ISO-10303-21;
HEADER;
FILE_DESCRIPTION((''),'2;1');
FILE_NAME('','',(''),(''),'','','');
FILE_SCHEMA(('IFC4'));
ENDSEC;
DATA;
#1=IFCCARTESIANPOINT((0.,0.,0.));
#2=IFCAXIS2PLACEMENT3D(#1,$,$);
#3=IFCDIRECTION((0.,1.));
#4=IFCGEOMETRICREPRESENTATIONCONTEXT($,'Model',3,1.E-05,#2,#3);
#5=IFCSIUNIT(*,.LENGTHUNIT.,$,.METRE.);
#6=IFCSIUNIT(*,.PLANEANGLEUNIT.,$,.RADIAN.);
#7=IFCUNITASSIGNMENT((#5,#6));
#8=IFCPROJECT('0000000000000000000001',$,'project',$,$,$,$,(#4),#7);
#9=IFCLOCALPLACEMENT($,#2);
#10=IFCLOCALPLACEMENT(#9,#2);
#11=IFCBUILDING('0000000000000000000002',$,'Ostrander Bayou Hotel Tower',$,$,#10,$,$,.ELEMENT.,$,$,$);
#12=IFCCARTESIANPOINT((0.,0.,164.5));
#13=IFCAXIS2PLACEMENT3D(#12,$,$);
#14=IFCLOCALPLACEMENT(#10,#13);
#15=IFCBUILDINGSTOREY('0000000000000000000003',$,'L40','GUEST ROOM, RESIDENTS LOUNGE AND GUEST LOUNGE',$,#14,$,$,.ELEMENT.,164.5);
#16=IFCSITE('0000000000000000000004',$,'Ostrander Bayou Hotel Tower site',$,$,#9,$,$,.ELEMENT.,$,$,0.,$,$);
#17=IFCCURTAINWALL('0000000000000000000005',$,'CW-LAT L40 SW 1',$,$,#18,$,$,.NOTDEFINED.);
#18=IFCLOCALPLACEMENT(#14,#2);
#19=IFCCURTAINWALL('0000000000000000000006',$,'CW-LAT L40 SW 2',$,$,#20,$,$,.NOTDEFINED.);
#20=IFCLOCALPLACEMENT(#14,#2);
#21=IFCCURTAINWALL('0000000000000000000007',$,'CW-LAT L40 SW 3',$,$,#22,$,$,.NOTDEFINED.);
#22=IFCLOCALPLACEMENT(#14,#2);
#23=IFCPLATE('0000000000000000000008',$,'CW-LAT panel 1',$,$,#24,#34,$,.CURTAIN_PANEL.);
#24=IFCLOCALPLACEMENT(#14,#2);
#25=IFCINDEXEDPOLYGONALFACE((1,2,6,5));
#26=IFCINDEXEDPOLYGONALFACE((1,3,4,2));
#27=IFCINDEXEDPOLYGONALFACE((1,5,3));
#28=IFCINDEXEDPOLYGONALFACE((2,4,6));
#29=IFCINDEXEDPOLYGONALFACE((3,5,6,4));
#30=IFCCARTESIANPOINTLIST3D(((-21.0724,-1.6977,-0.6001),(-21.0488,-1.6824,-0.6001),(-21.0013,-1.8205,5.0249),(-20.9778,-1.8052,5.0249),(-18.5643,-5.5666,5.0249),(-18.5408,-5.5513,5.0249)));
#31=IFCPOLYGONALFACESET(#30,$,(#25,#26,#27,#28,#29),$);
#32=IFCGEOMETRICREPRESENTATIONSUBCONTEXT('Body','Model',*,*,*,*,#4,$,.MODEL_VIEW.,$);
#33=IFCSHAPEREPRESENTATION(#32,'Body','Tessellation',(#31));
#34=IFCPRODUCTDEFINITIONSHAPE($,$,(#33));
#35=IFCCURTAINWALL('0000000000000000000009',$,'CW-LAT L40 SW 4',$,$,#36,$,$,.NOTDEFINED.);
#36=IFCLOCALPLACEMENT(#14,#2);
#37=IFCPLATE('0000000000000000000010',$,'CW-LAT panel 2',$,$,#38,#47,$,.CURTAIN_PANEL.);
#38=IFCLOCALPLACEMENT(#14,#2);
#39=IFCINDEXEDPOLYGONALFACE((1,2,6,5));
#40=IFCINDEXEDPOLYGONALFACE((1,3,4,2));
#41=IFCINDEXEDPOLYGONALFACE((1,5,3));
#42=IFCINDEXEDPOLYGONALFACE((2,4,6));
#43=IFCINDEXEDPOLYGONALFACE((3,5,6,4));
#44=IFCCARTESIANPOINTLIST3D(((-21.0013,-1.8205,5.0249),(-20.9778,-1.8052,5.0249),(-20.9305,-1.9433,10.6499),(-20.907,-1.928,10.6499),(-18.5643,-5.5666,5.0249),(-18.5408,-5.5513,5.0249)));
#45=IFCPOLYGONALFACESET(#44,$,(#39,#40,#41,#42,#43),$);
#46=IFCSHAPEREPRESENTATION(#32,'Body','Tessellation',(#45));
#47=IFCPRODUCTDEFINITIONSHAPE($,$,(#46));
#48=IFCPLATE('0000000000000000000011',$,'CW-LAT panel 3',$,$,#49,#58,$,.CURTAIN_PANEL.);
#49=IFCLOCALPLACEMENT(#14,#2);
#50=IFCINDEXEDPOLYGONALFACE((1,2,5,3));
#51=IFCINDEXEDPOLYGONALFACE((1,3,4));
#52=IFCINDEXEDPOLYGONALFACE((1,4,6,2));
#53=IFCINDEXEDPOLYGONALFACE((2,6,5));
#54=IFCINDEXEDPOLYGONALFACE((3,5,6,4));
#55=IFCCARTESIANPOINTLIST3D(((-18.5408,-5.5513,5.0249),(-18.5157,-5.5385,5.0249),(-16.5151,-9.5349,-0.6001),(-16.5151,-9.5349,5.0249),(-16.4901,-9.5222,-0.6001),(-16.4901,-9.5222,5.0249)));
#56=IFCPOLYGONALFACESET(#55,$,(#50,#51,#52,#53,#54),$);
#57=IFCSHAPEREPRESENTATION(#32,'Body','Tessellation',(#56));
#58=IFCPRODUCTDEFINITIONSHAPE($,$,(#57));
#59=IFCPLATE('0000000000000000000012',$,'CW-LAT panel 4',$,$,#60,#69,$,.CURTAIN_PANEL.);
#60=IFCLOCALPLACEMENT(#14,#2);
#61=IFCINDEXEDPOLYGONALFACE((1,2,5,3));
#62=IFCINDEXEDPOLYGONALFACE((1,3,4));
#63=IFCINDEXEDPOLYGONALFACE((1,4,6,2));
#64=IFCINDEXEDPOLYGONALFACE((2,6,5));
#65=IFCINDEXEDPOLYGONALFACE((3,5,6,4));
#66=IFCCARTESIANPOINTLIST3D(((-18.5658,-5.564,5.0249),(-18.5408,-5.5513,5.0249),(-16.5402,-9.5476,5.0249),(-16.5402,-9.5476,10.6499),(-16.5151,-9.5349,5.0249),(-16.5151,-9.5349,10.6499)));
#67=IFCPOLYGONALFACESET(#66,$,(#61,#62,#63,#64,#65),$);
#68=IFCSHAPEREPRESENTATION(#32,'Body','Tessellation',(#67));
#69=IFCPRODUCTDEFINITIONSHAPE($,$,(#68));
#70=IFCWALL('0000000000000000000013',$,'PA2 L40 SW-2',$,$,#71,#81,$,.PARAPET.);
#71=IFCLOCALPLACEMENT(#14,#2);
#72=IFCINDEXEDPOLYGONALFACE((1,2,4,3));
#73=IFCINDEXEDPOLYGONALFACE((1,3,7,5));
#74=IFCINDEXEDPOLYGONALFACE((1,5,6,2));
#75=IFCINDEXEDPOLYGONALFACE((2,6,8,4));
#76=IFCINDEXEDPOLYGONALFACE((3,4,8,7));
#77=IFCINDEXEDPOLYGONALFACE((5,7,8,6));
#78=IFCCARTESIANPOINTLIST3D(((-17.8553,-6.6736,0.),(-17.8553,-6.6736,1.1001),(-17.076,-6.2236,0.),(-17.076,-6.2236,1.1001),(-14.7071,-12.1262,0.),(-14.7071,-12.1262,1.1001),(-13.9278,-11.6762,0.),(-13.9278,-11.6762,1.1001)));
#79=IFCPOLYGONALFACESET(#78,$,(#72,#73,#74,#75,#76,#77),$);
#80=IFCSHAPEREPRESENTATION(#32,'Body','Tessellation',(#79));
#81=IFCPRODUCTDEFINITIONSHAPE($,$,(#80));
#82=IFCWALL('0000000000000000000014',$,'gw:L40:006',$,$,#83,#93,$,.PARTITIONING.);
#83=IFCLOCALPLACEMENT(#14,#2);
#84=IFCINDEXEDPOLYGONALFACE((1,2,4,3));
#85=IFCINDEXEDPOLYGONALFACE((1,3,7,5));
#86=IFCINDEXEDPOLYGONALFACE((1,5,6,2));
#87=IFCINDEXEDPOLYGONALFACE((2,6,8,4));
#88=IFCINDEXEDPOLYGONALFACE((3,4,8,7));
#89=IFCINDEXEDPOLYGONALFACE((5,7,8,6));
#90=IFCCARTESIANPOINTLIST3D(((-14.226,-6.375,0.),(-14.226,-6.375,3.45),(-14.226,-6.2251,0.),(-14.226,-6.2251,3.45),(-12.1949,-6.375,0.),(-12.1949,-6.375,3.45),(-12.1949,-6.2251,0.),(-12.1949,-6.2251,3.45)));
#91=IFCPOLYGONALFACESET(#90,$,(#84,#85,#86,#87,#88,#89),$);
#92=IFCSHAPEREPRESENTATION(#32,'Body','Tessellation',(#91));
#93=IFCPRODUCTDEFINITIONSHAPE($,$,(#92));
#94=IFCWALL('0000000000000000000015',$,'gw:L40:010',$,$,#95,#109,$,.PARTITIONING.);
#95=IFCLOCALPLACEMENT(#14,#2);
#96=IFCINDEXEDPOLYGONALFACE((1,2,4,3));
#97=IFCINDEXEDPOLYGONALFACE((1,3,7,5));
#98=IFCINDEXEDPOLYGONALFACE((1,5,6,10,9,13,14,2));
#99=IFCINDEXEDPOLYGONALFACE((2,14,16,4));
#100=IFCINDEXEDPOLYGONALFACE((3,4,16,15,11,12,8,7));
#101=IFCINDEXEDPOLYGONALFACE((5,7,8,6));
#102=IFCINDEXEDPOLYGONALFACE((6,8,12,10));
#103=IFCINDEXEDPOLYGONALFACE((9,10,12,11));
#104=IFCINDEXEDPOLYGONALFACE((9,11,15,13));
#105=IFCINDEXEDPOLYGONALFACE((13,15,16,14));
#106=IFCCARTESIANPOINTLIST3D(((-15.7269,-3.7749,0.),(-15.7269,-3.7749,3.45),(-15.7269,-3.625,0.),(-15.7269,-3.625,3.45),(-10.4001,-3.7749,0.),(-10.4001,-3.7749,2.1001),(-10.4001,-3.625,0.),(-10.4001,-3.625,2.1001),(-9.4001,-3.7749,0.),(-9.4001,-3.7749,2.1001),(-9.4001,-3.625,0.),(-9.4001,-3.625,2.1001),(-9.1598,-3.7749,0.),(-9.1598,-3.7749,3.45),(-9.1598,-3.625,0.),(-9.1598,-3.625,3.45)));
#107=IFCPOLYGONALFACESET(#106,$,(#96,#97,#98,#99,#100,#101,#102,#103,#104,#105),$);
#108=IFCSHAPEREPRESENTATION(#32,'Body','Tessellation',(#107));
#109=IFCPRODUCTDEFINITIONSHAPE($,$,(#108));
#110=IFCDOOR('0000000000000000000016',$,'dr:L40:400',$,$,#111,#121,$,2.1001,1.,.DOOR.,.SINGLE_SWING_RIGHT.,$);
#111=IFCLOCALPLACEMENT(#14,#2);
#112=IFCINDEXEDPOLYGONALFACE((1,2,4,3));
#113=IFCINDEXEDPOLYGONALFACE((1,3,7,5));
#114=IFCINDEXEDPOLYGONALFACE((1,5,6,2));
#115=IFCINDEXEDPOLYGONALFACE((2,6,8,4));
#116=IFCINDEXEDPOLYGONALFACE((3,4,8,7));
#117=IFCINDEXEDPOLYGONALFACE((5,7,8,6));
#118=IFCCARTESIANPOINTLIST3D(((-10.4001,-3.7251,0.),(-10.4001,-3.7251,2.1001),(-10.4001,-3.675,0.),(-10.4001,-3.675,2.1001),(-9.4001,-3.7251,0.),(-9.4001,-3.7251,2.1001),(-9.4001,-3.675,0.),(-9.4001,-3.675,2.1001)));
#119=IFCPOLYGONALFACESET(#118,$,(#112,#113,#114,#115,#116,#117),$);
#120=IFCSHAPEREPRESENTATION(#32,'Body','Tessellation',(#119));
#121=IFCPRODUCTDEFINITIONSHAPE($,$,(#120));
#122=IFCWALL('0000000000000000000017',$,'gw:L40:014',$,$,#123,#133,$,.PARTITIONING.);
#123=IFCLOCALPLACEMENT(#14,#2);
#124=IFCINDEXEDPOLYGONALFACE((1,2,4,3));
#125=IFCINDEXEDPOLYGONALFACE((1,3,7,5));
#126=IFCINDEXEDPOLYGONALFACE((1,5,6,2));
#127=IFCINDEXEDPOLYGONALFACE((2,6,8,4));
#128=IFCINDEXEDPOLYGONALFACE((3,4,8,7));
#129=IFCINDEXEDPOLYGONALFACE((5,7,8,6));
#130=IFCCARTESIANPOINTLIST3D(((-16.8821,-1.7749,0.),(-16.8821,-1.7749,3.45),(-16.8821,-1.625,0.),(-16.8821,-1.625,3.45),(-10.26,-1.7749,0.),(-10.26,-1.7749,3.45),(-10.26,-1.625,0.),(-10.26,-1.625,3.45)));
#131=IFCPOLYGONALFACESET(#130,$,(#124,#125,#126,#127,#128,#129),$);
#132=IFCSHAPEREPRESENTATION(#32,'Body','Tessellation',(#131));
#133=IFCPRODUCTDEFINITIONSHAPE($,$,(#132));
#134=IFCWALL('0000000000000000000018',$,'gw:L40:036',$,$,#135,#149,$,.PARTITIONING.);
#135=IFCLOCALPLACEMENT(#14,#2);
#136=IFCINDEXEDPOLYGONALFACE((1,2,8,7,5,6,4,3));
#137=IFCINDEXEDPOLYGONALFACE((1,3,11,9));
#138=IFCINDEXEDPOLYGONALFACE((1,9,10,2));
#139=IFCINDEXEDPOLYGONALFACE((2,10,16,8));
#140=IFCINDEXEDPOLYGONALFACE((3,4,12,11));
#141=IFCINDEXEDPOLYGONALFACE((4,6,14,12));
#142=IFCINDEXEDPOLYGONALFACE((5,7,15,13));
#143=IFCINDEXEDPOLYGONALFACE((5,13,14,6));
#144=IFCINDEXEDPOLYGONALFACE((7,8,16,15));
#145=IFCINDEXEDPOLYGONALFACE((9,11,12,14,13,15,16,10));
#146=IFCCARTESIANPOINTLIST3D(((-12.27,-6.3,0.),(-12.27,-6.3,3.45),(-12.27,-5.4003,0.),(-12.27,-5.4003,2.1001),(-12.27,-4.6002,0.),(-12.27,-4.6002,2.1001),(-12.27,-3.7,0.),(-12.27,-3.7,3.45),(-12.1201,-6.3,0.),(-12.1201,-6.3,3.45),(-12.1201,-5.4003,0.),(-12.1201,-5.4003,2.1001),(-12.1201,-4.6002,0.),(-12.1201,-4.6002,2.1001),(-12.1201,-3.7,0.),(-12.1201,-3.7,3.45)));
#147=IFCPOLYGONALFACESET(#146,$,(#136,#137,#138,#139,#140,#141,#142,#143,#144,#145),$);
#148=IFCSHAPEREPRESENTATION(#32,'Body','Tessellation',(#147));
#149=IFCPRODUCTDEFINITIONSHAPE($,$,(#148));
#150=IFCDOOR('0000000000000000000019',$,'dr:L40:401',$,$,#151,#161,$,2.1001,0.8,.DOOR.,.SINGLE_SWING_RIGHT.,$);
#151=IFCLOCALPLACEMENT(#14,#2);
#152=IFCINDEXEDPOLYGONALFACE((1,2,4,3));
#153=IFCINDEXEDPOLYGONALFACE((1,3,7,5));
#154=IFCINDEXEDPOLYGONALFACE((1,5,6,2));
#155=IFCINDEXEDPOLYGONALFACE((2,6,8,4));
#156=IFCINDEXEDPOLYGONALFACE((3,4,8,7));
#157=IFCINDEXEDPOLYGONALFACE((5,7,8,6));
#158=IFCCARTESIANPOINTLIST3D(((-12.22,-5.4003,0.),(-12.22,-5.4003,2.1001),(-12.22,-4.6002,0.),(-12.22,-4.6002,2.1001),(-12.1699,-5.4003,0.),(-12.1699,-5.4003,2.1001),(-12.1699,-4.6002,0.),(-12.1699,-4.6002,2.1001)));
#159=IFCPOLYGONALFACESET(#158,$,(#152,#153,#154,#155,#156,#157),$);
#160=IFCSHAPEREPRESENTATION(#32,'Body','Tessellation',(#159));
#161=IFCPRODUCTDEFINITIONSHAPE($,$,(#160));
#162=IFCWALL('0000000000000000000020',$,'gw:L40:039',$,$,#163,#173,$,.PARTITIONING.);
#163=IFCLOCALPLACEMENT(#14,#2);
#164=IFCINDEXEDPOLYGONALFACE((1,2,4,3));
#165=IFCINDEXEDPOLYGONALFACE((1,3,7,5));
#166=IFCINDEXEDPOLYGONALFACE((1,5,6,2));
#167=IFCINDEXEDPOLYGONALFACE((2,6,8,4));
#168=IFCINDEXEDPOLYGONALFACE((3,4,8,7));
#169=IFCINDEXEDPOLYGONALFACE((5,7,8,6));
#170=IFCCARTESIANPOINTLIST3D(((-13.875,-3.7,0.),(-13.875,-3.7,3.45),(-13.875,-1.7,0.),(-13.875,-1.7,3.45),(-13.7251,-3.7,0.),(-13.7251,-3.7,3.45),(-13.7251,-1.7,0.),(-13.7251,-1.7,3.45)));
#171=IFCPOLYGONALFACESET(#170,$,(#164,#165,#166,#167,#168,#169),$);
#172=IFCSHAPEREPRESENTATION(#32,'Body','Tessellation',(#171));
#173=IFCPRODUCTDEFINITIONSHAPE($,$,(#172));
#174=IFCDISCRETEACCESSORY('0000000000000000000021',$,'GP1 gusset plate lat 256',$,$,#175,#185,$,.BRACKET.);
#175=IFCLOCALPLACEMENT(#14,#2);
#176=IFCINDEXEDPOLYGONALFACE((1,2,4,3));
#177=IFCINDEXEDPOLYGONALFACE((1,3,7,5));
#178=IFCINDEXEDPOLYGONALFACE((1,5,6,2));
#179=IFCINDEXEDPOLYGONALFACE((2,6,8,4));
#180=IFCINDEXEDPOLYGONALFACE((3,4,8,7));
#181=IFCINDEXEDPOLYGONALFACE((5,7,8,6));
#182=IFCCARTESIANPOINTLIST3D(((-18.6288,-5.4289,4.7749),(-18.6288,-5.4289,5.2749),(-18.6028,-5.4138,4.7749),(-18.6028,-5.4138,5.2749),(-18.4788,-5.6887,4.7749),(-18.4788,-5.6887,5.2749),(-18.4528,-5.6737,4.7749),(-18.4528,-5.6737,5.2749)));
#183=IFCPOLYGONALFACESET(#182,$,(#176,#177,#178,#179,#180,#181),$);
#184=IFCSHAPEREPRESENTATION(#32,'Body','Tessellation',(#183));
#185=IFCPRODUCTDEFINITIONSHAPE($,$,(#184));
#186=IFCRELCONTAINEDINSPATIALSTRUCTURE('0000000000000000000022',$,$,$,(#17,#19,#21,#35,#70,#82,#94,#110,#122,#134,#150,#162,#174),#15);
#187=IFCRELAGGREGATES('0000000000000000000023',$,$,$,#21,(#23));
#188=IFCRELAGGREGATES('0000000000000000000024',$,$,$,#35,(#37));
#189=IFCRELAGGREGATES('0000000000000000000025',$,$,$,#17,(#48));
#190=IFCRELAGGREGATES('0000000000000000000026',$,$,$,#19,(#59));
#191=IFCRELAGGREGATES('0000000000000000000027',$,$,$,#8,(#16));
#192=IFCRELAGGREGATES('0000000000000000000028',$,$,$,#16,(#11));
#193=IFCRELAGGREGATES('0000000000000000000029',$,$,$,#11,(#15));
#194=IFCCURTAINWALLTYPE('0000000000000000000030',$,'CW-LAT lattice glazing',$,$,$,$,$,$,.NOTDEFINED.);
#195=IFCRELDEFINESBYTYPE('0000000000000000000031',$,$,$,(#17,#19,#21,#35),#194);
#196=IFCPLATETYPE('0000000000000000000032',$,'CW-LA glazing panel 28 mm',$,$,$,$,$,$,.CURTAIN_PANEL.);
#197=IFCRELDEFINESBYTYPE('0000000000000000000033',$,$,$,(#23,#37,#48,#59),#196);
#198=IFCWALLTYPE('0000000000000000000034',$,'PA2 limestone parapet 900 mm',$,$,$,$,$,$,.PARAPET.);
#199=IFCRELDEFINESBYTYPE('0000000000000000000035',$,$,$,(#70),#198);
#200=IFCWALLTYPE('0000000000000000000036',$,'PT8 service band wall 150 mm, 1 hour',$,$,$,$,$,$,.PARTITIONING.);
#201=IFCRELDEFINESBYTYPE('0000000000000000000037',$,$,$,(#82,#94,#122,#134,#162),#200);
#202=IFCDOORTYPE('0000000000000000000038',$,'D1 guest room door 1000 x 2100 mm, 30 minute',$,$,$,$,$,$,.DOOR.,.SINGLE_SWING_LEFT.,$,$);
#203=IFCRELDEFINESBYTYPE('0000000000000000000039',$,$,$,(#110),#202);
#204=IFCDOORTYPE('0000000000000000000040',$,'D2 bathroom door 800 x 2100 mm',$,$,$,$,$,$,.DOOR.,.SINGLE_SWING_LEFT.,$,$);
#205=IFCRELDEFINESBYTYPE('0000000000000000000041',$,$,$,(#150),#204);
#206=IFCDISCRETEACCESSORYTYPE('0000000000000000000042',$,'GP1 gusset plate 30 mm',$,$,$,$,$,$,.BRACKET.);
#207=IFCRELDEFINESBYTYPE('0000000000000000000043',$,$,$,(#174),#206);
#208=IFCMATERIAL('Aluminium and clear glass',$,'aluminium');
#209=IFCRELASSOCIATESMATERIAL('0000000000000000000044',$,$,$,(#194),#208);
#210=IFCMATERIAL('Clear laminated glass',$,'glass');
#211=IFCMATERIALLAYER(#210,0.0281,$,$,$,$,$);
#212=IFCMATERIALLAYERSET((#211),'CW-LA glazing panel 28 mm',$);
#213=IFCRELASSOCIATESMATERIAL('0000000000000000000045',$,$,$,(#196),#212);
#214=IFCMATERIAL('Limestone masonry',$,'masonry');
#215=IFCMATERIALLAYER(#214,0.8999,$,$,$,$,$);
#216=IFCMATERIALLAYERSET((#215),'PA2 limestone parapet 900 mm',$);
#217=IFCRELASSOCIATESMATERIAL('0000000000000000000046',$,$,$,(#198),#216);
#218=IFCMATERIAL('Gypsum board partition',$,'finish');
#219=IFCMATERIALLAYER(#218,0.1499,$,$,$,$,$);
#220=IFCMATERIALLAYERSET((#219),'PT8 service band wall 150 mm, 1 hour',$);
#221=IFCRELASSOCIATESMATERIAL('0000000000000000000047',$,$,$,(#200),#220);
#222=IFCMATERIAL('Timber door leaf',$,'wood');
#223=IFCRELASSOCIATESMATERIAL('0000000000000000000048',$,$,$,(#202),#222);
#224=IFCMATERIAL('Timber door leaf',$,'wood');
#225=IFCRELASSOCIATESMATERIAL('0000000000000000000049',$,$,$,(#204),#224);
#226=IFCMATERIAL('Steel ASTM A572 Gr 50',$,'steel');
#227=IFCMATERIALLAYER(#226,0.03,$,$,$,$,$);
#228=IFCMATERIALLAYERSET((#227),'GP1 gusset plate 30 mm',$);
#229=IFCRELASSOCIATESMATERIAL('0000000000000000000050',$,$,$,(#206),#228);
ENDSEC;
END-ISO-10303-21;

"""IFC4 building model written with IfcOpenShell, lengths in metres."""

from ifc_helpers import new_model, si_unit, direction, frame, frame_2d, origin, origin_2d, place, context, subcontext, project, spatial, polyline, rectangle, outline, extrude, material, layer, layer_set, type_object, element, fill, aggregate, save


model = new_model("IFC4")

# Units and contexts
model_context = context("Model", 3, precision=1e-05, world=origin(), true_north=direction((0.0, 1.0)))
body_context = subcontext(model_context, "Body", "Model", "MODEL_VIEW")
ifc_project = project(units=[si_unit("LENGTHUNIT", "METRE"), si_unit("PLANEANGLEUNIT", "RADIAN")], contexts=[model_context])

# Site, building, storey
site_placement = place(None, origin())
site = spatial("IfcSite", under=ifc_project, at=site_placement, Name="Ostrander Bayou Hotel Tower site", CompositionType="ELEMENT", RefElevation=0.0)
building_placement = place(site_placement, origin())
building = spatial("IfcBuilding", under=site, at=building_placement, Name="Ostrander Bayou Hotel Tower", CompositionType="ELEMENT")
storey_placement = place(building_placement, frame((0.0, 0.0, 164.5)))
storey = spatial("IfcBuildingStorey", under=building, at=storey_placement, Name="L40", Description="GUEST ROOM, RESIDENTS LOUNGE AND GUEST LOUNGE", CompositionType="ELEMENT", Elevation=164.5)

# Curtain wall
ifc_material_1 = material(Name="Aluminium and clear glass", Category="aluminium")
curtain_wall_type = type_object("IfcCurtainWallType", Name="CW-LAT lattice glazing", PredefinedType="NOTDEFINED", material=ifc_material_1)
curtain_wall_1_placement = place(storey_placement, origin())
curtain_wall_1 = element("IfcCurtainWall", 1, at=curtain_wall_1_placement, inside=storey, type_object=curtain_wall_type, Name="CW-LAT L40 SW 1", PredefinedType="NOTDEFINED")

# Curtain wall
curtain_wall_2_placement = place(storey_placement, origin())
curtain_wall_2 = element("IfcCurtainWall", 2, at=curtain_wall_2_placement, inside=storey, type_object=curtain_wall_type, Name="CW-LAT L40 SW 2", PredefinedType="NOTDEFINED")

# Curtain walls, plates
curtain_wall_3_placement = place(storey_placement, origin())
curtain_wall_3 = element("IfcCurtainWall", 3, at=curtain_wall_3_placement, inside=storey, type_object=curtain_wall_type, Name="CW-LAT L40 SW 3", PredefinedType="NOTDEFINED")
ifc_material_2 = material(Name="Clear laminated glass", Category="glass")
ifc_layer_1 = layer(ifc_material_2, 0.0281)
ifc_layer_set_1 = layer_set([ifc_layer_1], Name="CW-LA glazing panel 28 mm")
plate_type = type_object("IfcPlateType", Name="CW-LA glazing panel 28 mm", PredefinedType="CURTAIN_PANEL", material=ifc_layer_set_1)
plate_1_placement = place(storey_placement, frame((-18.5408, -5.5513, 5.0249), z_axis=(0.838233, 0.54531, 0.001318), x_axis=(-0.344836, 0.531939, -0.773388)))
plate_1 = element("IfcPlate", 4, at=plate_1_placement, type_object=plate_type, Name="CW-LAT panel 1", PredefinedType="CURTAIN_PANEL", context=body_context, shape_type="SweptSolid", body=[
    extrude(outline(polyline([(0.0, 0.0), (7.2732, 0.0), (2.8331, 3.4563), (0.0, 0.0)])), origin(), (0.0, 0.0, -1.0), 0.0281),
])
aggregate(curtain_wall_3, [plate_1])
curtain_wall_4_placement = place(storey_placement, origin())
curtain_wall_4 = element("IfcCurtainWall", 5, at=curtain_wall_4_placement, inside=storey, type_object=curtain_wall_type, Name="CW-LAT L40 SW 4", PredefinedType="NOTDEFINED")
plate_2_placement = place(storey_placement, frame((-18.5408, -5.5513, 5.0249), z_axis=(0.838233, 0.54531, 0.001354), x_axis=(-0.333409, 0.510536, 0.792585)))
plate_2 = element("IfcPlate", 6, at=plate_2_placement, type_object=plate_type, Name="CW-LAT panel 2", PredefinedType="CURTAIN_PANEL", context=body_context, shape_type="SweptSolid", body=[
    extrude(outline(polyline([(0.0, 0.0), (7.097, 0.0), (2.725, -3.5421), (0.0, 0.0)])), origin(), (0.0, 0.0, -1.0), 0.0281),
])
aggregate(curtain_wall_4, [plate_2])

# Plates
plate_3_placement = place(storey_placement, frame((-18.5408, -5.5513, 5.0249), z_axis=(-0.89138, -0.453256, 0.0), x_axis=(0.281956, -0.554498, -0.782964)))
plate_3 = element("IfcPlate", 7, at=plate_3_placement, type_object=plate_type, Name="CW-LAT panel 3", PredefinedType="CURTAIN_PANEL", context=body_context, shape_type="SweptSolid", body=[
    extrude(outline(polyline([(0.0, 0.0), (7.1842, 0.0), (2.7801, 3.4991), (0.0, 0.0)])), origin(), (0.0, 0.0, -1.0), 0.0281),
])
aggregate(curtain_wall_1, [plate_3])
plate_4_placement = place(storey_placement, frame((-18.5408, -5.5513, 5.0249), z_axis=(0.89138, 0.453256, 0.0), x_axis=(0.281956, -0.554498, 0.782964)))
plate_4 = element("IfcPlate", 8, at=plate_4_placement, type_object=plate_type, Name="CW-LAT panel 4", PredefinedType="CURTAIN_PANEL", context=body_context, shape_type="SweptSolid", body=[
    extrude(outline(polyline([(0.0, 0.0), (7.1842, 0.0), (2.7801, 3.4991), (0.0, 0.0)])), origin(), (0.0, 0.0, -1.0), 0.0281),
])
aggregate(curtain_wall_2, [plate_4])

# Walls
ifc_material_3 = material(Name="Limestone masonry", Category="masonry")
ifc_layer_2 = layer(ifc_material_3, 0.8999)
ifc_layer_set_2 = layer_set([ifc_layer_2], Name="PA2 limestone parapet 900 mm")
wall_type_1 = type_object("IfcWallType", Name="PA2 limestone parapet 900 mm", PredefinedType="PARAPET", material=ifc_layer_set_2)
wall_1_placement = place(storey_placement, frame((-17.4656, -6.4487, 0.0), z_axis=(0.0, 0.0, 1.0), x_axis=(0.500013, -0.866018, 0.0)))
element("IfcWall", 9, at=wall_1_placement, inside=storey, type_object=wall_type_1, Name="PA2 L40 SW-2", PredefinedType="PARAPET", context=body_context, shape_type="SweptSolid", body=[
    extrude(rectangle(XDim=6.2961, YDim=0.8999, at=frame_2d((3.1479, 0.0))), origin(), (0.0, 0.0, 1.0), 1.1001),
])
ifc_material_4 = material(Name="Gypsum board partition", Category="finish")
ifc_layer_3 = layer(ifc_material_4, 0.1499)
ifc_layer_set_3 = layer_set([ifc_layer_3], Name="PT8 service band wall 150 mm, 1 hour")
wall_type_2 = type_object("IfcWallType", Name="PT8 service band wall 150 mm, 1 hour", PredefinedType="PARTITIONING", material=ifc_layer_set_3)
wall_2_placement = place(storey_placement, frame((-14.2261, -6.3, 0.0), z_axis=(0.0, 0.0, 1.0), x_axis=(1.0, 0.0, 0.0)))
element("IfcWall", 10, at=wall_2_placement, inside=storey, type_object=wall_type_2, Name="gw:L40:006", PredefinedType="PARTITIONING", context=body_context, shape_type="SweptSolid", body=[
    extrude(rectangle(XDim=2.031, YDim=0.1499, at=frame_2d((1.0156, 0.0))), origin(), (0.0, 0.0, 1.0), 3.45),
])

# Wall, opening, door
wall_3_placement = place(storey_placement, frame((-15.7271, -3.7, 0.0), z_axis=(0.0, 0.0, 1.0), x_axis=(1.0, 0.0, 0.0)))
wall_3 = element("IfcWall", 11, at=wall_3_placement, inside=storey, type_object=wall_type_2, Name="gw:L40:010", PredefinedType="PARTITIONING", context=body_context, shape_type="SweptSolid", body=[
    extrude(rectangle(XDim=6.5671, YDim=0.1499, at=frame_2d((3.2837, 0.0))), origin(), (0.0, 0.0, 1.0), 3.45),
])
opening_1_placement = place(wall_3_placement, frame((5.3269, 0.0, 0.0)))
opening_1 = element("IfcOpeningElement", 12, at=opening_1_placement, cuts=wall_3, PredefinedType="OPENING", context=body_context, shape_type="SweptSolid", body=[
    extrude(rectangle(XDim=1.0, YDim=2.1001, at=frame_2d((0.5, 1.05))), frame((0.0, 0.075, 0.0), z_axis=(0.0, -1.0, 0.0), x_axis=(1.0, 0.0, 0.0)), (0.0, 0.0, 1.0), 0.1499),
])
ifc_material_5 = material(Name="Timber door leaf", Category="wood")
door_type_1 = type_object("IfcDoorType", Name="D1 guest room door 1000 x 2100 mm, 30 minute", OperationType="SINGLE_SWING_LEFT", PredefinedType="DOOR", material=ifc_material_5)
door_1_placement = place(opening_1_placement, origin())
door_1 = element("IfcDoor", 13, at=door_1_placement, inside=storey, type_object=door_type_1, Name="dr:L40:400", OperationType="SINGLE_SWING_RIGHT", OverallHeight=2.1001, OverallWidth=1.0, PredefinedType="DOOR", context=body_context, shape_type="SweptSolid", body=[
    extrude(rectangle(XDim=1.0, YDim=2.1001, at=frame_2d((0.5, 1.05))), frame((0.0, 0.0249, 0.0), z_axis=(0.0, -1.0, 0.0), x_axis=(1.0, 0.0, 0.0)), (0.0, 0.0, 1.0), 0.05),
])
fill(opening_1, door_1)

# Wall
wall_4_placement = place(storey_placement, frame((-16.8821, -1.7, 0.0), z_axis=(0.0, 0.0, 1.0), x_axis=(1.0, 0.0, 0.0)))
element("IfcWall", 14, at=wall_4_placement, inside=storey, type_object=wall_type_2, Name="gw:L40:014", PredefinedType="PARTITIONING", context=body_context, shape_type="SweptSolid", body=[
    extrude(rectangle(XDim=6.6221, YDim=0.1499, at=frame_2d((3.311, 0.0))), origin(), (0.0, 0.0, 1.0), 3.45),
])

# Wall, opening, door
wall_5_placement = place(storey_placement, frame((-12.1951, -6.3, 0.0), z_axis=(0.0, 0.0, 1.0), x_axis=(0.0, 1.0, 0.0)))
wall_5 = element("IfcWall", 15, at=wall_5_placement, inside=storey, type_object=wall_type_2, Name="gw:L40:036", PredefinedType="PARTITIONING", context=body_context, shape_type="SweptSolid", body=[
    extrude(rectangle(XDim=2.6001, YDim=0.1499, at=frame_2d((1.3, 0.0))), origin(), (0.0, 0.0, 1.0), 3.45),
])
opening_2_placement = place(wall_5_placement, frame((0.8999, 0.0, 0.0)))
opening_2 = element("IfcOpeningElement", 16, at=opening_2_placement, cuts=wall_5, PredefinedType="OPENING", context=body_context, shape_type="SweptSolid", body=[
    extrude(rectangle(XDim=0.8, YDim=2.1001, at=frame_2d((0.3999, 1.05))), frame((0.0, 0.075, 0.0), z_axis=(0.0, -1.0, 0.0), x_axis=(1.0, 0.0, 0.0)), (0.0, 0.0, 1.0), 0.1499),
])
ifc_material_6 = material(Name="Timber door leaf", Category="wood")
door_type_2 = type_object("IfcDoorType", Name="D2 bathroom door 800 x 2100 mm", OperationType="SINGLE_SWING_LEFT", PredefinedType="DOOR", material=ifc_material_6)
door_2_placement = place(opening_2_placement, origin())
door_2 = element("IfcDoor", 17, at=door_2_placement, inside=storey, type_object=door_type_2, Name="dr:L40:401", OperationType="SINGLE_SWING_RIGHT", OverallHeight=2.1001, OverallWidth=0.8, PredefinedType="DOOR", context=body_context, shape_type="SweptSolid", body=[
    extrude(rectangle(XDim=0.8, YDim=2.1001, at=frame_2d((0.3999, 1.05))), frame((0.0, 0.0249, 0.0), z_axis=(0.0, -1.0, 0.0), x_axis=(1.0, 0.0, 0.0)), (0.0, 0.0, 1.0), 0.05),
])
fill(opening_2, door_2)

# Wall
wall_6_placement = place(storey_placement, frame((-13.8, -3.7, 0.0), z_axis=(0.0, 0.0, 1.0), x_axis=(0.0, 1.0, 0.0)))
element("IfcWall", 18, at=wall_6_placement, inside=storey, type_object=wall_type_2, Name="gw:L40:039", PredefinedType="PARTITIONING", context=body_context, shape_type="SweptSolid", body=[
    extrude(rectangle(XDim=2.0, YDim=0.1499, at=frame_2d((1.0, 0.0))), origin(), (0.0, 0.0, 1.0), 3.45),
])

# Discrete accessory
ifc_material_7 = material(Name="Steel ASTM A572 Gr 50", Category="steel")
ifc_layer_4 = layer(ifc_material_7, 0.03)
ifc_layer_set_4 = layer_set([ifc_layer_4], Name="GP1 gusset plate 30 mm")
discrete_accessory_type = type_object("IfcDiscreteAccessoryType", Name="GP1 gusset plate 30 mm", PredefinedType="BRACKET", material=ifc_layer_set_4)
for number, where, z_axis, x_axis, name in (
    (19, (-18.5408, -5.5513, 4.7749), (0.0, 0.0, 1.0), (0.5, -0.866025, 0.0), "GP1 gusset plate lat 256"),
):
    element("IfcDiscreteAccessory", number, at=place(storey_placement, frame(where, z_axis=z_axis, x_axis=x_axis)), inside=storey, type_object=discrete_accessory_type, Name=name, PredefinedType="BRACKET", context=body_context, shape_type="SweptSolid", body=[
        extrude(rectangle(XDim=0.3, YDim=0.03, at=origin_2d()), origin(), (0.0, 0.0, 1.0), 0.5),
    ])

save(model, "model.ifc")
